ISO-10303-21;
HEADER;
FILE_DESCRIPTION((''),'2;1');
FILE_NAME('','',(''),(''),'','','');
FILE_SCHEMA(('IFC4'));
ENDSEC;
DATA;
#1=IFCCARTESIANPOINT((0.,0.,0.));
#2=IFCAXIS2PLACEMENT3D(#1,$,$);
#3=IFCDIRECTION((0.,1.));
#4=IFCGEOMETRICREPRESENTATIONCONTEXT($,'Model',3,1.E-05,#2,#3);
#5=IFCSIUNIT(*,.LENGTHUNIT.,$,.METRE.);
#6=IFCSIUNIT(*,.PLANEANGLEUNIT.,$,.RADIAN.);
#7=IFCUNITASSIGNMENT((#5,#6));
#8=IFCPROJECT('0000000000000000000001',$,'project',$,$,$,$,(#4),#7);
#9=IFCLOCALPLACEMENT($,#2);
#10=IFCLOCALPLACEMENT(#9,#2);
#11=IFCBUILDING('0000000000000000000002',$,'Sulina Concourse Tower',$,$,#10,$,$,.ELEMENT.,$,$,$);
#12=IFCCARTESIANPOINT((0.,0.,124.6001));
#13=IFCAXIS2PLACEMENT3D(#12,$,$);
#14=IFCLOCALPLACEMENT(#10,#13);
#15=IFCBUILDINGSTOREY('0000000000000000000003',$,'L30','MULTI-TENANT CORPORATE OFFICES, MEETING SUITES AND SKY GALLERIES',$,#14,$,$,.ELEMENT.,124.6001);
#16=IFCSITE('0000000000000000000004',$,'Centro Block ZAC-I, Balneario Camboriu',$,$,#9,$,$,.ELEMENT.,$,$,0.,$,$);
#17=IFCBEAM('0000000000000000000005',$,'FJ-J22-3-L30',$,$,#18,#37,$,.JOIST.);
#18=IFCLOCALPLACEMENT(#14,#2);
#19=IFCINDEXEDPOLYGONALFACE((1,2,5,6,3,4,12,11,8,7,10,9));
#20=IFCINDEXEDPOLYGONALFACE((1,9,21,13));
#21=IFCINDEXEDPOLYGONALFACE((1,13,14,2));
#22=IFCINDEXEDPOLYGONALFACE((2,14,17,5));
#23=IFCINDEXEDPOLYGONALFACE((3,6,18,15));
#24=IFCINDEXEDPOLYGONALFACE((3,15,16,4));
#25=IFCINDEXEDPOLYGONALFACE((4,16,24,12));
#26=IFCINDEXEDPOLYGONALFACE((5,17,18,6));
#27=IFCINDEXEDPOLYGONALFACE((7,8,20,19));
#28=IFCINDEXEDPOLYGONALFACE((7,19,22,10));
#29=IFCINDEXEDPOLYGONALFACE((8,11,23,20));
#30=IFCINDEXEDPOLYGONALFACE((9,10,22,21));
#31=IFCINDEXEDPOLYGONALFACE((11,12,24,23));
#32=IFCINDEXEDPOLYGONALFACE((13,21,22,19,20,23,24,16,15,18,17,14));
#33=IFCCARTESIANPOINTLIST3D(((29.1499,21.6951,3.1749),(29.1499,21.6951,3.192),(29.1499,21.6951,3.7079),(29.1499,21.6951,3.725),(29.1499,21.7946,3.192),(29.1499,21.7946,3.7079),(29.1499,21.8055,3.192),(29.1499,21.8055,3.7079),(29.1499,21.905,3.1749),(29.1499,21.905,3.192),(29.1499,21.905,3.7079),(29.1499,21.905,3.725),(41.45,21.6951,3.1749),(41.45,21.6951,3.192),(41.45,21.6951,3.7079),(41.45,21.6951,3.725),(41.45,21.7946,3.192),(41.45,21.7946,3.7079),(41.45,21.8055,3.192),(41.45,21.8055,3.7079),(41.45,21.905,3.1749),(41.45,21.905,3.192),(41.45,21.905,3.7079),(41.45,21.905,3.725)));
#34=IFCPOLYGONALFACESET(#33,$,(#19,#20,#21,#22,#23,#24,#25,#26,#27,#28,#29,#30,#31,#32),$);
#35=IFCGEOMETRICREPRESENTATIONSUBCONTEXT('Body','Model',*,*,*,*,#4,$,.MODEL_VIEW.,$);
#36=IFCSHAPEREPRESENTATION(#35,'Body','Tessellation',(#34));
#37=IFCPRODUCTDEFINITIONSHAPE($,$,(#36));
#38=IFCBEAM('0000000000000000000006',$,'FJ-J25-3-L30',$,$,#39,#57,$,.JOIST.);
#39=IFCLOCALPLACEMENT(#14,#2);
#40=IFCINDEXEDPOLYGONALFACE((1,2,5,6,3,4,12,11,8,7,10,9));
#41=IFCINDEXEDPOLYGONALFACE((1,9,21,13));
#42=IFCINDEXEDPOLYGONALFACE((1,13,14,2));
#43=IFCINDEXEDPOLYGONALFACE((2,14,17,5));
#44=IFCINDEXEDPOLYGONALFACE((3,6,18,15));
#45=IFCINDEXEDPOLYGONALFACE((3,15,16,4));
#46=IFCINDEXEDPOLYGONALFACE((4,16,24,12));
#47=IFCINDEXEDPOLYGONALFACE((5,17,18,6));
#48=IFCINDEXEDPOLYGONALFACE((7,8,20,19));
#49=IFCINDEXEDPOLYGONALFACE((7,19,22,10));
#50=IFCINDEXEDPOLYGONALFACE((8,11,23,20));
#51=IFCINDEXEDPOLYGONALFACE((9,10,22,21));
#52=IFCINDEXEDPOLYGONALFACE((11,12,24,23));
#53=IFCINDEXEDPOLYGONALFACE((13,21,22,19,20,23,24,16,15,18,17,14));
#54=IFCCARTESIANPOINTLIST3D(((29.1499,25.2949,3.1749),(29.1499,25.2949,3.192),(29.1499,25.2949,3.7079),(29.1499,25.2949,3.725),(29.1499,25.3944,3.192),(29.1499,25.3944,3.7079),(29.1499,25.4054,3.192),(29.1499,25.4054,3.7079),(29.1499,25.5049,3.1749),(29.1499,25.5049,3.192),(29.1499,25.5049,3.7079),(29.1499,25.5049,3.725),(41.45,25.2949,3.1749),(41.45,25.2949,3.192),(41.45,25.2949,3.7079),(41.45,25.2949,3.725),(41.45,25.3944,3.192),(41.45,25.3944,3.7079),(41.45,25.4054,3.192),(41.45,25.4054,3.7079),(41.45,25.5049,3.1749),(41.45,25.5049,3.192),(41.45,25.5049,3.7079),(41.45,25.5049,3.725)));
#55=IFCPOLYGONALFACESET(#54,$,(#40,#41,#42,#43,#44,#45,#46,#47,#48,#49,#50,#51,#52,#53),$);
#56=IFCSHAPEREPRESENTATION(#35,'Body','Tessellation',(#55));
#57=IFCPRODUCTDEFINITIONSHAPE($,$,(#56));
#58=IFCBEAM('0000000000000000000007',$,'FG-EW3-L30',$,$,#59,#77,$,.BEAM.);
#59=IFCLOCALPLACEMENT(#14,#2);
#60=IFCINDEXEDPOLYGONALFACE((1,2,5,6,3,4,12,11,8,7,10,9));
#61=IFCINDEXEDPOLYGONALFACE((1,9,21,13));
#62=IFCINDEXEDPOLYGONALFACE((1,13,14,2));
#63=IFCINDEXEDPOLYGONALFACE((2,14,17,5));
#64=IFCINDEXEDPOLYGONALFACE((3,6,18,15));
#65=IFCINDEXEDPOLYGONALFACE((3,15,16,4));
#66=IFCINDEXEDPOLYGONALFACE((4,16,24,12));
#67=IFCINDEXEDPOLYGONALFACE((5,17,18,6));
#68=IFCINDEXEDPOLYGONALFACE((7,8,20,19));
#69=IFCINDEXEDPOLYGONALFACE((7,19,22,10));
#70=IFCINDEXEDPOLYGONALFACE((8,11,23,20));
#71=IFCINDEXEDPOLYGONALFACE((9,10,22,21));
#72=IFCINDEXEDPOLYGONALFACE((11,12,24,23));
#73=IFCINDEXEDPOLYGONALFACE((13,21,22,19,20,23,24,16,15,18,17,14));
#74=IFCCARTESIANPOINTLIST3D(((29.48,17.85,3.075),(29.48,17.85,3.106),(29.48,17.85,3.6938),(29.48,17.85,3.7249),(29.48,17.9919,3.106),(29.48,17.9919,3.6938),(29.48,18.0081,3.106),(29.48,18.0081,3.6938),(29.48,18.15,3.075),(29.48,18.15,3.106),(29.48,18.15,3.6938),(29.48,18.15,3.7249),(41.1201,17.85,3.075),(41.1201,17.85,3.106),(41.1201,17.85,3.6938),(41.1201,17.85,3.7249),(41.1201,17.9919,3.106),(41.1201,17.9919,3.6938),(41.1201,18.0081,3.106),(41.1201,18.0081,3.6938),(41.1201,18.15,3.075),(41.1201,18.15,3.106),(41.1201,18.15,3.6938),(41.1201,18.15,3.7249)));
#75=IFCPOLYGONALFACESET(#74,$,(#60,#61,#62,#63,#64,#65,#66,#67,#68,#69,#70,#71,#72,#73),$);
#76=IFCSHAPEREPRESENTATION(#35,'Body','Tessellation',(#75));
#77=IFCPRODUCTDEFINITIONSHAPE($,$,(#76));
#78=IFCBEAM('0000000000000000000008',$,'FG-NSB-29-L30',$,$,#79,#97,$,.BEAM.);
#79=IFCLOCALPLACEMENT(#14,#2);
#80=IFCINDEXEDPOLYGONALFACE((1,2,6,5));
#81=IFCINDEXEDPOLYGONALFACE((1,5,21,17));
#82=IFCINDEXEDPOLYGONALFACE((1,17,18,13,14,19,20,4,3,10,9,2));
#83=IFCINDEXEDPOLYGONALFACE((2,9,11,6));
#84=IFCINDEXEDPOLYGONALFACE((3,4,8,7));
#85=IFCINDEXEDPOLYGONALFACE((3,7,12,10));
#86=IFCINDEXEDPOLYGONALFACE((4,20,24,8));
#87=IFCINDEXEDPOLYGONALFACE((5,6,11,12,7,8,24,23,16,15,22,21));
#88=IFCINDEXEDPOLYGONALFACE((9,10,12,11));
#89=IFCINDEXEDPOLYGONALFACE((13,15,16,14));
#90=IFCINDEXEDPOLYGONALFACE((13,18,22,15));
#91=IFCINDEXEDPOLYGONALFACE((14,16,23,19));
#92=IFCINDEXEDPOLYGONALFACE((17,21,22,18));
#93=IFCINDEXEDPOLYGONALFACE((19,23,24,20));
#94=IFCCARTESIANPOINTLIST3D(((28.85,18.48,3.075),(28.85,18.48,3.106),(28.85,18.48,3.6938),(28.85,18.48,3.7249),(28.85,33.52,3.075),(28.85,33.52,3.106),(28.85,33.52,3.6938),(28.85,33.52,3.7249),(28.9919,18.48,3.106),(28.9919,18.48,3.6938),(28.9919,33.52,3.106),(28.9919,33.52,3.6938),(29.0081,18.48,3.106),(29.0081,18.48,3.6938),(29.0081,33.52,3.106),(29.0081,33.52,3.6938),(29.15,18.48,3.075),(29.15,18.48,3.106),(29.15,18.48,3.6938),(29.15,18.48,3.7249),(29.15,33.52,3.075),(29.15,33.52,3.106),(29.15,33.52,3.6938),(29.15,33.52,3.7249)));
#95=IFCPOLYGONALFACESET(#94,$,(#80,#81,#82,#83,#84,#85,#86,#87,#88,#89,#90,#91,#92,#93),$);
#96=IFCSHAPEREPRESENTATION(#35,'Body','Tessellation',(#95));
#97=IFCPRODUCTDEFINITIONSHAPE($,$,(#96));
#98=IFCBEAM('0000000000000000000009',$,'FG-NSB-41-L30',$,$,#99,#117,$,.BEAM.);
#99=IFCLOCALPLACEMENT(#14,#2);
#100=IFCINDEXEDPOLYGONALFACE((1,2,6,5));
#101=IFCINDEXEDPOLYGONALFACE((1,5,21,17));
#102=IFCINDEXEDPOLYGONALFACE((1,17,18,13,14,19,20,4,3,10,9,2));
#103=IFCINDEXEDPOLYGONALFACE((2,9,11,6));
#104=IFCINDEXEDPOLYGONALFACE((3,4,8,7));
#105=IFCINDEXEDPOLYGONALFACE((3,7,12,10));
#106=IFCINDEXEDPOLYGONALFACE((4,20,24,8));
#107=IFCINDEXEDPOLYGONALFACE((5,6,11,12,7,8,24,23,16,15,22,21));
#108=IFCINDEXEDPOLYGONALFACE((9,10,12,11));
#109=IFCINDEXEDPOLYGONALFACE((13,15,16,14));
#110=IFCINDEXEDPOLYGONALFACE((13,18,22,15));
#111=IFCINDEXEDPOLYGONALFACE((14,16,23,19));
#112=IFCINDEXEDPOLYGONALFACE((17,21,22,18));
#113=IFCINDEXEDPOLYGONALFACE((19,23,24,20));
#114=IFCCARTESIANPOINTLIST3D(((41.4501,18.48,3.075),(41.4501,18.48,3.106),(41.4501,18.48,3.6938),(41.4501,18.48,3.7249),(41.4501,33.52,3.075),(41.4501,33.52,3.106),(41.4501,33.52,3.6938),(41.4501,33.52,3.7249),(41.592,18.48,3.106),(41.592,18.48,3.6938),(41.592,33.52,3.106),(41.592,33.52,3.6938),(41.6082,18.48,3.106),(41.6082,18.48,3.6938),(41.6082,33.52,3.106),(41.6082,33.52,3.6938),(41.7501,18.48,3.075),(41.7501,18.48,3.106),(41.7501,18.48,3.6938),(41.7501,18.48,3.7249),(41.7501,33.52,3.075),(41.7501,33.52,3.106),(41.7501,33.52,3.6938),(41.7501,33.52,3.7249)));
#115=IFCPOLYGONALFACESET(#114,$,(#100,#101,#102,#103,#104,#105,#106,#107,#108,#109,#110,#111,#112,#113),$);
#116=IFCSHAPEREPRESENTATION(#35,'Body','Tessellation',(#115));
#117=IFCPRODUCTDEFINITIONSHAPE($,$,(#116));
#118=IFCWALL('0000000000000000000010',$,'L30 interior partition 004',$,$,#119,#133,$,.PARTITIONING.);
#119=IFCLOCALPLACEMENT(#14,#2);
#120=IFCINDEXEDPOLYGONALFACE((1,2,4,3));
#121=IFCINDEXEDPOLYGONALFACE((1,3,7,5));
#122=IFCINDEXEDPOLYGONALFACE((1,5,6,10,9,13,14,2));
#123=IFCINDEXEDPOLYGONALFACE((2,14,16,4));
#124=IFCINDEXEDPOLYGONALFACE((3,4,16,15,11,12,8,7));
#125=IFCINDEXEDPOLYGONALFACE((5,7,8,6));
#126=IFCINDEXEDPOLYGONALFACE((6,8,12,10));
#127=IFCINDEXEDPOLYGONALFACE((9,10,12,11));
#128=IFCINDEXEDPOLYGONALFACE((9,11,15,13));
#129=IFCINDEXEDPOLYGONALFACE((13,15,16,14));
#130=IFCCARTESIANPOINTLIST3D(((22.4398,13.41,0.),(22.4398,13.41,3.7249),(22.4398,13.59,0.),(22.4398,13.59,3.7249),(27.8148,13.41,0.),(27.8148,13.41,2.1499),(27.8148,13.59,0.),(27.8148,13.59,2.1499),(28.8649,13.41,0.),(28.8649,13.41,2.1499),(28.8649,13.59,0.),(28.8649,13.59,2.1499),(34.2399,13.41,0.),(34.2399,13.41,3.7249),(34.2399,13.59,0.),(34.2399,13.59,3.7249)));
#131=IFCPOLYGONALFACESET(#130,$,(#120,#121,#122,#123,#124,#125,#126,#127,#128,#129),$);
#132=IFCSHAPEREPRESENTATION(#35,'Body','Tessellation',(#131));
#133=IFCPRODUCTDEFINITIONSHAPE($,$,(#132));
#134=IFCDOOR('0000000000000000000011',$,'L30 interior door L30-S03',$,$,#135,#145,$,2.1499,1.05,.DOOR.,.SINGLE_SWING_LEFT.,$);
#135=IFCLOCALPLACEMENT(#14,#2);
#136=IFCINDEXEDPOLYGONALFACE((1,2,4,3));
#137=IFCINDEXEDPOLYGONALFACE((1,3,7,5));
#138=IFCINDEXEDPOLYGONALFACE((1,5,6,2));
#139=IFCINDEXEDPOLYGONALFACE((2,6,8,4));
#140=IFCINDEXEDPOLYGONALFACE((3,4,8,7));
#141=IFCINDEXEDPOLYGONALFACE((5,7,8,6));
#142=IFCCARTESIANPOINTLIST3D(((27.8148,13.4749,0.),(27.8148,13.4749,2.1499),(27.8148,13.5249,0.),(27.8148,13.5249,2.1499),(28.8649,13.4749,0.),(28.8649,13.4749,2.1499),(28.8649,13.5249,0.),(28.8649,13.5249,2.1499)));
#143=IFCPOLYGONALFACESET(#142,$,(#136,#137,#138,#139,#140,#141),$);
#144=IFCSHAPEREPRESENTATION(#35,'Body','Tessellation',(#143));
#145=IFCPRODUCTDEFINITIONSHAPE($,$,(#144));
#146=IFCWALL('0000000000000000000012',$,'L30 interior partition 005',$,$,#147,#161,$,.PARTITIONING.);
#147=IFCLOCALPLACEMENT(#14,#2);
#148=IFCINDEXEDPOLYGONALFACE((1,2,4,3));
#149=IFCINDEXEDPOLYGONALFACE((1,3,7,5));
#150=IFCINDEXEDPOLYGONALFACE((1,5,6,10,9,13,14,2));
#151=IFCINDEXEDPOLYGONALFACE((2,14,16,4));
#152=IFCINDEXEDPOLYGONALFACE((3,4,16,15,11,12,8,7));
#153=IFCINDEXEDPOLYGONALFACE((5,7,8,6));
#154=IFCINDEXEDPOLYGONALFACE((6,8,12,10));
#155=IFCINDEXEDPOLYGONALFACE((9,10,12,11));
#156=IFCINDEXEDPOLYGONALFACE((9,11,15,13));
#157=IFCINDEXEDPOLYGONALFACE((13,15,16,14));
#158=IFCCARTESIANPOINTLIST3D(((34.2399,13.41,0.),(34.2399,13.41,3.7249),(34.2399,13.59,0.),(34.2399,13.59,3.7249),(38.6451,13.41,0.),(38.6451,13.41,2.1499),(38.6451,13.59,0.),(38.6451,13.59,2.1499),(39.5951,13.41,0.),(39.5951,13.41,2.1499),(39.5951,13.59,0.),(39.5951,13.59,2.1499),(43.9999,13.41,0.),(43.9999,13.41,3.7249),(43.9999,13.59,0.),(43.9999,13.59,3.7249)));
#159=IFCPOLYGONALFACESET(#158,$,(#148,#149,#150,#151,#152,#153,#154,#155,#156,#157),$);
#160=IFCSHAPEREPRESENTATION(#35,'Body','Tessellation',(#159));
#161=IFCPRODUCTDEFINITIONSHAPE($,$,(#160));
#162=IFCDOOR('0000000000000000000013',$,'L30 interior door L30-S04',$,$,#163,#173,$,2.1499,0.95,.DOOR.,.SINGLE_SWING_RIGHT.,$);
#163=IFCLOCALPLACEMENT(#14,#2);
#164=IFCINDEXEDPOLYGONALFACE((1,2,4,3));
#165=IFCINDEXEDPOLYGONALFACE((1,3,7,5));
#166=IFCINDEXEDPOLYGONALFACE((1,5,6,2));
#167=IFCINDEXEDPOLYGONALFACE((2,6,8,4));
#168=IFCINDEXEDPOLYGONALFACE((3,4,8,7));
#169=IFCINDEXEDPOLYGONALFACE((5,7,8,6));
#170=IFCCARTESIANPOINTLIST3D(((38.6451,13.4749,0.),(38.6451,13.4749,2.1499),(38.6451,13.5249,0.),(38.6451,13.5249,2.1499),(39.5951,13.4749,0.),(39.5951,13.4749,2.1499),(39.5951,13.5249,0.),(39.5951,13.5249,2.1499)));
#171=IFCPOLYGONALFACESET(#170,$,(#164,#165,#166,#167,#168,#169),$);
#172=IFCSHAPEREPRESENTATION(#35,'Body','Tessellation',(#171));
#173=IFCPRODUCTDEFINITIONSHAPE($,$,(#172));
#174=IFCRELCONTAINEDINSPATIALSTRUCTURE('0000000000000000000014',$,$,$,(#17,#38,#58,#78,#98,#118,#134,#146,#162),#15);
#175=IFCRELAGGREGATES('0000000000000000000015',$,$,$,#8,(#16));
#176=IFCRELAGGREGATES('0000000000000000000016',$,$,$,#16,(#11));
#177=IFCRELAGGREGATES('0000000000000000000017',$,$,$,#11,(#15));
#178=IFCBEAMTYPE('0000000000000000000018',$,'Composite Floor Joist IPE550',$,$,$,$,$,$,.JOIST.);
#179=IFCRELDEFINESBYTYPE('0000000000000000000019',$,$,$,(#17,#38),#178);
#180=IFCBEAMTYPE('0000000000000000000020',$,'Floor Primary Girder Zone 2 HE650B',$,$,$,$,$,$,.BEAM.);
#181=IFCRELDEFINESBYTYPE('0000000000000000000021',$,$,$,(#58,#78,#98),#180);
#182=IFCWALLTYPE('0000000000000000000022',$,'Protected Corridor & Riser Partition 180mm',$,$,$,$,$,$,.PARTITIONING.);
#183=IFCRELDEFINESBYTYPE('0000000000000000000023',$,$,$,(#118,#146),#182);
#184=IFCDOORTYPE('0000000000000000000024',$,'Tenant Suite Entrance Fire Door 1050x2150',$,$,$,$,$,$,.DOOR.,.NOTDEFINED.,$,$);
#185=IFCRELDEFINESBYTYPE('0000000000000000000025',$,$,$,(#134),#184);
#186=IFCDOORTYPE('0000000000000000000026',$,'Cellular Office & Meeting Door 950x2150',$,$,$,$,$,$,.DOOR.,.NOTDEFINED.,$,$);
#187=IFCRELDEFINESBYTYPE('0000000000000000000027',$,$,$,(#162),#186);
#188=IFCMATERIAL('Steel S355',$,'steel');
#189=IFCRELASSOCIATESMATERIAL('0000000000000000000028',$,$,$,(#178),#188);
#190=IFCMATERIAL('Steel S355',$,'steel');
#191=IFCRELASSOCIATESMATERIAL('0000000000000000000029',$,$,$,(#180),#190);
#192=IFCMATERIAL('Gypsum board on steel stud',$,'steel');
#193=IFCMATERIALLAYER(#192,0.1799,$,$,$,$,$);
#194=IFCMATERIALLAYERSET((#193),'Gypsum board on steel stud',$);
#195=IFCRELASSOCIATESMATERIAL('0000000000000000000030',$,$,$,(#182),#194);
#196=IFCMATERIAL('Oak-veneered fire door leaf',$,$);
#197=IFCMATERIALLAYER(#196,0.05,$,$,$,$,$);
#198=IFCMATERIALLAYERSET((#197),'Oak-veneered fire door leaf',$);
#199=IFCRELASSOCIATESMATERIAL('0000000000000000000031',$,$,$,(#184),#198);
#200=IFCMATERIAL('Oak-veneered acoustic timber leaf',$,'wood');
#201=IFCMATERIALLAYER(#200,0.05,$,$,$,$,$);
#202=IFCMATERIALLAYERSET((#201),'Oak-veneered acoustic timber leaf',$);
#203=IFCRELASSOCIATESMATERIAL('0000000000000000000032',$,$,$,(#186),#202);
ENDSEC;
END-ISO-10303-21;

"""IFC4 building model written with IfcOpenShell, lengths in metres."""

from ifc_helpers import new_model, si_unit, direction, frame, frame_2d, origin, origin_2d, place, context, subcontext, project, spatial, rectangle, i_section, extrude, material, layer, layer_set, material_profile, profile_set, type_object, element, fill, save


model = new_model("IFC4")

# Units and contexts
model_context = context("Model", 3, precision=1e-05, world=origin(), true_north=direction((0.0, 1.0)))
body_context = subcontext(model_context, "Body", "Model", "MODEL_VIEW")
ifc_project = project(units=[si_unit("LENGTHUNIT", "METRE"), si_unit("PLANEANGLEUNIT", "RADIAN")], contexts=[model_context])

# Site, building, storey
site_placement = place(None, origin())
site = spatial("IfcSite", under=ifc_project, at=site_placement, Name="Centro Block ZAC-I, Balneario Camboriu", CompositionType="ELEMENT", RefElevation=0.0)
building_placement = place(site_placement, origin())
building = spatial("IfcBuilding", under=site, at=building_placement, Name="Sulina Concourse Tower", CompositionType="ELEMENT")
storey_placement = place(building_placement, frame((0.0, 0.0, 124.6001)))
storey = spatial("IfcBuildingStorey", under=building, at=storey_placement, Name="L30", Description="MULTI-TENANT CORPORATE OFFICES, MEETING SUITES AND SKY GALLERIES", CompositionType="ELEMENT", Elevation=124.6001)

# Beams
ifc_material_1 = material(Name="Steel S355", Category="steel")
ifc_material_profile_1 = material_profile(ifc_material_1, i_section(OverallWidth=0.21, OverallDepth=0.55, WebThickness=0.011, FlangeThickness=0.0171, at=origin_2d()), Name="IPE 550")
ifc_profile_set_1 = profile_set([ifc_material_profile_1], Name="Steel S355")
beam_type_1 = type_object("IfcBeamType", Name="Composite Floor Joist IPE550", PredefinedType="JOIST", material=ifc_profile_set_1)
for number, where, z_axis, x_axis, name in (
    (1, (29.1499, 21.8, 3.45), (1.0, 0.0, 0.0), (0.0, 1.0, 0.0), "FJ-J22-3-L30"),
    (2, (29.1499, 25.3999, 3.45), (1.0, 0.0, 0.0), (0.0, 1.0, 0.0), "FJ-J25-3-L30"),
):
    element("IfcBeam", number, at=place(storey_placement, frame(where, z_axis=z_axis, x_axis=x_axis)), inside=storey, type_object=beam_type_1, Name=name, PredefinedType="JOIST", context=body_context, shape_type="SweptSolid", body=[
        extrude(i_section(OverallWidth=0.21, OverallDepth=0.55, WebThickness=0.011, FlangeThickness=0.0171, at=origin_2d()), origin(), (0.0, 0.0, 1.0), 12.3),
    ])
ifc_material_2 = material(Name="Steel S355", Category="steel")
ifc_material_profile_2 = material_profile(ifc_material_2, i_section(OverallWidth=0.3, OverallDepth=0.6499, WebThickness=0.0161, FlangeThickness=0.031, at=origin_2d()), Name="HE 650 B")
ifc_profile_set_2 = profile_set([ifc_material_profile_2], Name="Steel S355")
beam_type_2 = type_object("IfcBeamType", Name="Floor Primary Girder Zone 2 HE650B", PredefinedType="BEAM", material=ifc_profile_set_2)
beam_1_placement = place(storey_placement, frame((29.48, 18.0, 3.3999), z_axis=(1.0, 0.0, 0.0), x_axis=(0.0, 1.0, 0.0)))
element("IfcBeam", 3, at=beam_1_placement, inside=storey, type_object=beam_type_2, Name="FG-EW3-L30", PredefinedType="BEAM", context=body_context, shape_type="SweptSolid", body=[
    extrude(i_section(OverallWidth=0.3, OverallDepth=0.6499, WebThickness=0.0161, FlangeThickness=0.031, at=origin_2d()), origin(), (0.0, 0.0, 1.0), 11.6401),
])
for number, where, z_axis, x_axis, name in (
    (4, (29.0, 18.48, 3.3999), (0.0, 1.0, 0.0), (-1.0, 0.0, 0.0), "FG-NSB-29-L30"),
    (5, (41.6001, 18.48, 3.3999), (0.0, 1.0, 0.0), (-1.0, 0.0, 0.0), "FG-NSB-41-L30"),
):
    element("IfcBeam", number, at=place(storey_placement, frame(where, z_axis=z_axis, x_axis=x_axis)), inside=storey, type_object=beam_type_2, Name=name, PredefinedType="BEAM", context=body_context, shape_type="SweptSolid", body=[
        extrude(i_section(OverallWidth=0.3, OverallDepth=0.6499, WebThickness=0.0161, FlangeThickness=0.031, at=origin_2d()), origin(), (0.0, 0.0, 1.0), 15.04),
    ])

# Walls, openings, doors
ifc_material_3 = material(Name="Gypsum board on steel stud", Category="steel")
ifc_layer_1 = layer(ifc_material_3, 0.1799)
ifc_layer_set_1 = layer_set([ifc_layer_1], Name="Gypsum board on steel stud")
wall_type = type_object("IfcWallType", Name="Protected Corridor & Riser Partition 180mm", PredefinedType="PARTITIONING", material=ifc_layer_set_1)
wall_1_placement = place(storey_placement, frame((22.4399, 13.5, 0.0), z_axis=(0.0, 0.0, 1.0), x_axis=(1.0, 0.0, 0.0)))
wall_1 = element("IfcWall", 6, at=wall_1_placement, inside=storey, type_object=wall_type, Name="L30 interior partition 004", PredefinedType="PARTITIONING", context=body_context, shape_type="SweptSolid", body=[
    extrude(rectangle(XDim=11.8, YDim=0.1799, at=frame_2d((5.8999, 0.0))), origin(), (0.0, 0.0, 1.0), 3.7249),
])
opening_1_placement = place(wall_1_placement, frame((5.375, 0.0, 0.0)))
opening_1 = element("IfcOpeningElement", 7, at=opening_1_placement, cuts=wall_1, PredefinedType="OPENING", context=body_context, shape_type="SweptSolid", body=[
    extrude(rectangle(XDim=1.05, YDim=2.1499, at=frame_2d((0.5249, 1.075))), frame((0.0, 0.0999, 0.0), z_axis=(0.0, -1.0, 0.0), x_axis=(1.0, 0.0, 0.0)), (0.0, 0.0, 1.0), 0.2),
])
ifc_material_4 = material(Name="Oak-veneered fire door leaf")
ifc_layer_2 = layer(ifc_material_4, 0.05)
ifc_layer_set_2 = layer_set([ifc_layer_2], Name="Oak-veneered fire door leaf")
door_type_1 = type_object("IfcDoorType", Name="Tenant Suite Entrance Fire Door 1050x2150", OperationType="NOTDEFINED", PredefinedType="DOOR", material=ifc_layer_set_2)
door_1_placement = place(opening_1_placement, origin())
door_1 = element("IfcDoor", 8, at=door_1_placement, inside=storey, type_object=door_type_1, Name="L30 interior door L30-S03", OperationType="SINGLE_SWING_LEFT", OverallHeight=2.1499, OverallWidth=1.05, PredefinedType="DOOR", context=body_context, shape_type="SweptSolid", body=[
    extrude(rectangle(XDim=1.05, YDim=2.1499, at=frame_2d((0.5249, 1.075))), frame((0.0, 0.0249, 0.0), z_axis=(0.0, -1.0, 0.0), x_axis=(1.0, 0.0, 0.0)), (0.0, 0.0, 1.0), 0.05),
])
fill(opening_1, door_1)
wall_2_placement = place(storey_placement, frame((34.24, 13.5, 0.0), z_axis=(0.0, 0.0, 1.0), x_axis=(1.0, 0.0, 0.0)))
wall_2 = element("IfcWall", 9, at=wall_2_placement, inside=storey, type_object=wall_type, Name="L30 interior partition 005", PredefinedType="PARTITIONING", context=body_context, shape_type="SweptSolid", body=[
    extrude(rectangle(XDim=9.76, YDim=0.1799, at=frame_2d((4.8799, 0.0))), origin(), (0.0, 0.0, 1.0), 3.7249),
])
opening_2_placement = place(wall_2_placement, frame((4.405, 0.0, 0.0)))
opening_2 = element("IfcOpeningElement", 10, at=opening_2_placement, cuts=wall_2, PredefinedType="OPENING", context=body_context, shape_type="SweptSolid", body=[
    extrude(rectangle(XDim=0.95, YDim=2.1499, at=frame_2d((0.4751, 1.075))), frame((0.0, 0.0999, 0.0), z_axis=(0.0, -1.0, 0.0), x_axis=(1.0, 0.0, 0.0)), (0.0, 0.0, 1.0), 0.2),
])
ifc_material_5 = material(Name="Oak-veneered acoustic timber leaf", Category="wood")
ifc_layer_3 = layer(ifc_material_5, 0.05)
ifc_layer_set_3 = layer_set([ifc_layer_3], Name="Oak-veneered acoustic timber leaf")
door_type_2 = type_object("IfcDoorType", Name="Cellular Office & Meeting Door 950x2150", OperationType="NOTDEFINED", PredefinedType="DOOR", material=ifc_layer_set_3)
door_2_placement = place(opening_2_placement, origin())
door_2 = element("IfcDoor", 11, at=door_2_placement, inside=storey, type_object=door_type_2, Name="L30 interior door L30-S04", OperationType="SINGLE_SWING_RIGHT", OverallHeight=2.1499, OverallWidth=0.95, PredefinedType="DOOR", context=body_context, shape_type="SweptSolid", body=[
    extrude(rectangle(XDim=0.95, YDim=2.1499, at=frame_2d((0.4751, 1.075))), frame((0.0, 0.0249, 0.0), z_axis=(0.0, -1.0, 0.0), x_axis=(1.0, 0.0, 0.0)), (0.0, 0.0, 1.0), 0.05),
])
fill(opening_2, door_2)

save(model, "model.ifc")
